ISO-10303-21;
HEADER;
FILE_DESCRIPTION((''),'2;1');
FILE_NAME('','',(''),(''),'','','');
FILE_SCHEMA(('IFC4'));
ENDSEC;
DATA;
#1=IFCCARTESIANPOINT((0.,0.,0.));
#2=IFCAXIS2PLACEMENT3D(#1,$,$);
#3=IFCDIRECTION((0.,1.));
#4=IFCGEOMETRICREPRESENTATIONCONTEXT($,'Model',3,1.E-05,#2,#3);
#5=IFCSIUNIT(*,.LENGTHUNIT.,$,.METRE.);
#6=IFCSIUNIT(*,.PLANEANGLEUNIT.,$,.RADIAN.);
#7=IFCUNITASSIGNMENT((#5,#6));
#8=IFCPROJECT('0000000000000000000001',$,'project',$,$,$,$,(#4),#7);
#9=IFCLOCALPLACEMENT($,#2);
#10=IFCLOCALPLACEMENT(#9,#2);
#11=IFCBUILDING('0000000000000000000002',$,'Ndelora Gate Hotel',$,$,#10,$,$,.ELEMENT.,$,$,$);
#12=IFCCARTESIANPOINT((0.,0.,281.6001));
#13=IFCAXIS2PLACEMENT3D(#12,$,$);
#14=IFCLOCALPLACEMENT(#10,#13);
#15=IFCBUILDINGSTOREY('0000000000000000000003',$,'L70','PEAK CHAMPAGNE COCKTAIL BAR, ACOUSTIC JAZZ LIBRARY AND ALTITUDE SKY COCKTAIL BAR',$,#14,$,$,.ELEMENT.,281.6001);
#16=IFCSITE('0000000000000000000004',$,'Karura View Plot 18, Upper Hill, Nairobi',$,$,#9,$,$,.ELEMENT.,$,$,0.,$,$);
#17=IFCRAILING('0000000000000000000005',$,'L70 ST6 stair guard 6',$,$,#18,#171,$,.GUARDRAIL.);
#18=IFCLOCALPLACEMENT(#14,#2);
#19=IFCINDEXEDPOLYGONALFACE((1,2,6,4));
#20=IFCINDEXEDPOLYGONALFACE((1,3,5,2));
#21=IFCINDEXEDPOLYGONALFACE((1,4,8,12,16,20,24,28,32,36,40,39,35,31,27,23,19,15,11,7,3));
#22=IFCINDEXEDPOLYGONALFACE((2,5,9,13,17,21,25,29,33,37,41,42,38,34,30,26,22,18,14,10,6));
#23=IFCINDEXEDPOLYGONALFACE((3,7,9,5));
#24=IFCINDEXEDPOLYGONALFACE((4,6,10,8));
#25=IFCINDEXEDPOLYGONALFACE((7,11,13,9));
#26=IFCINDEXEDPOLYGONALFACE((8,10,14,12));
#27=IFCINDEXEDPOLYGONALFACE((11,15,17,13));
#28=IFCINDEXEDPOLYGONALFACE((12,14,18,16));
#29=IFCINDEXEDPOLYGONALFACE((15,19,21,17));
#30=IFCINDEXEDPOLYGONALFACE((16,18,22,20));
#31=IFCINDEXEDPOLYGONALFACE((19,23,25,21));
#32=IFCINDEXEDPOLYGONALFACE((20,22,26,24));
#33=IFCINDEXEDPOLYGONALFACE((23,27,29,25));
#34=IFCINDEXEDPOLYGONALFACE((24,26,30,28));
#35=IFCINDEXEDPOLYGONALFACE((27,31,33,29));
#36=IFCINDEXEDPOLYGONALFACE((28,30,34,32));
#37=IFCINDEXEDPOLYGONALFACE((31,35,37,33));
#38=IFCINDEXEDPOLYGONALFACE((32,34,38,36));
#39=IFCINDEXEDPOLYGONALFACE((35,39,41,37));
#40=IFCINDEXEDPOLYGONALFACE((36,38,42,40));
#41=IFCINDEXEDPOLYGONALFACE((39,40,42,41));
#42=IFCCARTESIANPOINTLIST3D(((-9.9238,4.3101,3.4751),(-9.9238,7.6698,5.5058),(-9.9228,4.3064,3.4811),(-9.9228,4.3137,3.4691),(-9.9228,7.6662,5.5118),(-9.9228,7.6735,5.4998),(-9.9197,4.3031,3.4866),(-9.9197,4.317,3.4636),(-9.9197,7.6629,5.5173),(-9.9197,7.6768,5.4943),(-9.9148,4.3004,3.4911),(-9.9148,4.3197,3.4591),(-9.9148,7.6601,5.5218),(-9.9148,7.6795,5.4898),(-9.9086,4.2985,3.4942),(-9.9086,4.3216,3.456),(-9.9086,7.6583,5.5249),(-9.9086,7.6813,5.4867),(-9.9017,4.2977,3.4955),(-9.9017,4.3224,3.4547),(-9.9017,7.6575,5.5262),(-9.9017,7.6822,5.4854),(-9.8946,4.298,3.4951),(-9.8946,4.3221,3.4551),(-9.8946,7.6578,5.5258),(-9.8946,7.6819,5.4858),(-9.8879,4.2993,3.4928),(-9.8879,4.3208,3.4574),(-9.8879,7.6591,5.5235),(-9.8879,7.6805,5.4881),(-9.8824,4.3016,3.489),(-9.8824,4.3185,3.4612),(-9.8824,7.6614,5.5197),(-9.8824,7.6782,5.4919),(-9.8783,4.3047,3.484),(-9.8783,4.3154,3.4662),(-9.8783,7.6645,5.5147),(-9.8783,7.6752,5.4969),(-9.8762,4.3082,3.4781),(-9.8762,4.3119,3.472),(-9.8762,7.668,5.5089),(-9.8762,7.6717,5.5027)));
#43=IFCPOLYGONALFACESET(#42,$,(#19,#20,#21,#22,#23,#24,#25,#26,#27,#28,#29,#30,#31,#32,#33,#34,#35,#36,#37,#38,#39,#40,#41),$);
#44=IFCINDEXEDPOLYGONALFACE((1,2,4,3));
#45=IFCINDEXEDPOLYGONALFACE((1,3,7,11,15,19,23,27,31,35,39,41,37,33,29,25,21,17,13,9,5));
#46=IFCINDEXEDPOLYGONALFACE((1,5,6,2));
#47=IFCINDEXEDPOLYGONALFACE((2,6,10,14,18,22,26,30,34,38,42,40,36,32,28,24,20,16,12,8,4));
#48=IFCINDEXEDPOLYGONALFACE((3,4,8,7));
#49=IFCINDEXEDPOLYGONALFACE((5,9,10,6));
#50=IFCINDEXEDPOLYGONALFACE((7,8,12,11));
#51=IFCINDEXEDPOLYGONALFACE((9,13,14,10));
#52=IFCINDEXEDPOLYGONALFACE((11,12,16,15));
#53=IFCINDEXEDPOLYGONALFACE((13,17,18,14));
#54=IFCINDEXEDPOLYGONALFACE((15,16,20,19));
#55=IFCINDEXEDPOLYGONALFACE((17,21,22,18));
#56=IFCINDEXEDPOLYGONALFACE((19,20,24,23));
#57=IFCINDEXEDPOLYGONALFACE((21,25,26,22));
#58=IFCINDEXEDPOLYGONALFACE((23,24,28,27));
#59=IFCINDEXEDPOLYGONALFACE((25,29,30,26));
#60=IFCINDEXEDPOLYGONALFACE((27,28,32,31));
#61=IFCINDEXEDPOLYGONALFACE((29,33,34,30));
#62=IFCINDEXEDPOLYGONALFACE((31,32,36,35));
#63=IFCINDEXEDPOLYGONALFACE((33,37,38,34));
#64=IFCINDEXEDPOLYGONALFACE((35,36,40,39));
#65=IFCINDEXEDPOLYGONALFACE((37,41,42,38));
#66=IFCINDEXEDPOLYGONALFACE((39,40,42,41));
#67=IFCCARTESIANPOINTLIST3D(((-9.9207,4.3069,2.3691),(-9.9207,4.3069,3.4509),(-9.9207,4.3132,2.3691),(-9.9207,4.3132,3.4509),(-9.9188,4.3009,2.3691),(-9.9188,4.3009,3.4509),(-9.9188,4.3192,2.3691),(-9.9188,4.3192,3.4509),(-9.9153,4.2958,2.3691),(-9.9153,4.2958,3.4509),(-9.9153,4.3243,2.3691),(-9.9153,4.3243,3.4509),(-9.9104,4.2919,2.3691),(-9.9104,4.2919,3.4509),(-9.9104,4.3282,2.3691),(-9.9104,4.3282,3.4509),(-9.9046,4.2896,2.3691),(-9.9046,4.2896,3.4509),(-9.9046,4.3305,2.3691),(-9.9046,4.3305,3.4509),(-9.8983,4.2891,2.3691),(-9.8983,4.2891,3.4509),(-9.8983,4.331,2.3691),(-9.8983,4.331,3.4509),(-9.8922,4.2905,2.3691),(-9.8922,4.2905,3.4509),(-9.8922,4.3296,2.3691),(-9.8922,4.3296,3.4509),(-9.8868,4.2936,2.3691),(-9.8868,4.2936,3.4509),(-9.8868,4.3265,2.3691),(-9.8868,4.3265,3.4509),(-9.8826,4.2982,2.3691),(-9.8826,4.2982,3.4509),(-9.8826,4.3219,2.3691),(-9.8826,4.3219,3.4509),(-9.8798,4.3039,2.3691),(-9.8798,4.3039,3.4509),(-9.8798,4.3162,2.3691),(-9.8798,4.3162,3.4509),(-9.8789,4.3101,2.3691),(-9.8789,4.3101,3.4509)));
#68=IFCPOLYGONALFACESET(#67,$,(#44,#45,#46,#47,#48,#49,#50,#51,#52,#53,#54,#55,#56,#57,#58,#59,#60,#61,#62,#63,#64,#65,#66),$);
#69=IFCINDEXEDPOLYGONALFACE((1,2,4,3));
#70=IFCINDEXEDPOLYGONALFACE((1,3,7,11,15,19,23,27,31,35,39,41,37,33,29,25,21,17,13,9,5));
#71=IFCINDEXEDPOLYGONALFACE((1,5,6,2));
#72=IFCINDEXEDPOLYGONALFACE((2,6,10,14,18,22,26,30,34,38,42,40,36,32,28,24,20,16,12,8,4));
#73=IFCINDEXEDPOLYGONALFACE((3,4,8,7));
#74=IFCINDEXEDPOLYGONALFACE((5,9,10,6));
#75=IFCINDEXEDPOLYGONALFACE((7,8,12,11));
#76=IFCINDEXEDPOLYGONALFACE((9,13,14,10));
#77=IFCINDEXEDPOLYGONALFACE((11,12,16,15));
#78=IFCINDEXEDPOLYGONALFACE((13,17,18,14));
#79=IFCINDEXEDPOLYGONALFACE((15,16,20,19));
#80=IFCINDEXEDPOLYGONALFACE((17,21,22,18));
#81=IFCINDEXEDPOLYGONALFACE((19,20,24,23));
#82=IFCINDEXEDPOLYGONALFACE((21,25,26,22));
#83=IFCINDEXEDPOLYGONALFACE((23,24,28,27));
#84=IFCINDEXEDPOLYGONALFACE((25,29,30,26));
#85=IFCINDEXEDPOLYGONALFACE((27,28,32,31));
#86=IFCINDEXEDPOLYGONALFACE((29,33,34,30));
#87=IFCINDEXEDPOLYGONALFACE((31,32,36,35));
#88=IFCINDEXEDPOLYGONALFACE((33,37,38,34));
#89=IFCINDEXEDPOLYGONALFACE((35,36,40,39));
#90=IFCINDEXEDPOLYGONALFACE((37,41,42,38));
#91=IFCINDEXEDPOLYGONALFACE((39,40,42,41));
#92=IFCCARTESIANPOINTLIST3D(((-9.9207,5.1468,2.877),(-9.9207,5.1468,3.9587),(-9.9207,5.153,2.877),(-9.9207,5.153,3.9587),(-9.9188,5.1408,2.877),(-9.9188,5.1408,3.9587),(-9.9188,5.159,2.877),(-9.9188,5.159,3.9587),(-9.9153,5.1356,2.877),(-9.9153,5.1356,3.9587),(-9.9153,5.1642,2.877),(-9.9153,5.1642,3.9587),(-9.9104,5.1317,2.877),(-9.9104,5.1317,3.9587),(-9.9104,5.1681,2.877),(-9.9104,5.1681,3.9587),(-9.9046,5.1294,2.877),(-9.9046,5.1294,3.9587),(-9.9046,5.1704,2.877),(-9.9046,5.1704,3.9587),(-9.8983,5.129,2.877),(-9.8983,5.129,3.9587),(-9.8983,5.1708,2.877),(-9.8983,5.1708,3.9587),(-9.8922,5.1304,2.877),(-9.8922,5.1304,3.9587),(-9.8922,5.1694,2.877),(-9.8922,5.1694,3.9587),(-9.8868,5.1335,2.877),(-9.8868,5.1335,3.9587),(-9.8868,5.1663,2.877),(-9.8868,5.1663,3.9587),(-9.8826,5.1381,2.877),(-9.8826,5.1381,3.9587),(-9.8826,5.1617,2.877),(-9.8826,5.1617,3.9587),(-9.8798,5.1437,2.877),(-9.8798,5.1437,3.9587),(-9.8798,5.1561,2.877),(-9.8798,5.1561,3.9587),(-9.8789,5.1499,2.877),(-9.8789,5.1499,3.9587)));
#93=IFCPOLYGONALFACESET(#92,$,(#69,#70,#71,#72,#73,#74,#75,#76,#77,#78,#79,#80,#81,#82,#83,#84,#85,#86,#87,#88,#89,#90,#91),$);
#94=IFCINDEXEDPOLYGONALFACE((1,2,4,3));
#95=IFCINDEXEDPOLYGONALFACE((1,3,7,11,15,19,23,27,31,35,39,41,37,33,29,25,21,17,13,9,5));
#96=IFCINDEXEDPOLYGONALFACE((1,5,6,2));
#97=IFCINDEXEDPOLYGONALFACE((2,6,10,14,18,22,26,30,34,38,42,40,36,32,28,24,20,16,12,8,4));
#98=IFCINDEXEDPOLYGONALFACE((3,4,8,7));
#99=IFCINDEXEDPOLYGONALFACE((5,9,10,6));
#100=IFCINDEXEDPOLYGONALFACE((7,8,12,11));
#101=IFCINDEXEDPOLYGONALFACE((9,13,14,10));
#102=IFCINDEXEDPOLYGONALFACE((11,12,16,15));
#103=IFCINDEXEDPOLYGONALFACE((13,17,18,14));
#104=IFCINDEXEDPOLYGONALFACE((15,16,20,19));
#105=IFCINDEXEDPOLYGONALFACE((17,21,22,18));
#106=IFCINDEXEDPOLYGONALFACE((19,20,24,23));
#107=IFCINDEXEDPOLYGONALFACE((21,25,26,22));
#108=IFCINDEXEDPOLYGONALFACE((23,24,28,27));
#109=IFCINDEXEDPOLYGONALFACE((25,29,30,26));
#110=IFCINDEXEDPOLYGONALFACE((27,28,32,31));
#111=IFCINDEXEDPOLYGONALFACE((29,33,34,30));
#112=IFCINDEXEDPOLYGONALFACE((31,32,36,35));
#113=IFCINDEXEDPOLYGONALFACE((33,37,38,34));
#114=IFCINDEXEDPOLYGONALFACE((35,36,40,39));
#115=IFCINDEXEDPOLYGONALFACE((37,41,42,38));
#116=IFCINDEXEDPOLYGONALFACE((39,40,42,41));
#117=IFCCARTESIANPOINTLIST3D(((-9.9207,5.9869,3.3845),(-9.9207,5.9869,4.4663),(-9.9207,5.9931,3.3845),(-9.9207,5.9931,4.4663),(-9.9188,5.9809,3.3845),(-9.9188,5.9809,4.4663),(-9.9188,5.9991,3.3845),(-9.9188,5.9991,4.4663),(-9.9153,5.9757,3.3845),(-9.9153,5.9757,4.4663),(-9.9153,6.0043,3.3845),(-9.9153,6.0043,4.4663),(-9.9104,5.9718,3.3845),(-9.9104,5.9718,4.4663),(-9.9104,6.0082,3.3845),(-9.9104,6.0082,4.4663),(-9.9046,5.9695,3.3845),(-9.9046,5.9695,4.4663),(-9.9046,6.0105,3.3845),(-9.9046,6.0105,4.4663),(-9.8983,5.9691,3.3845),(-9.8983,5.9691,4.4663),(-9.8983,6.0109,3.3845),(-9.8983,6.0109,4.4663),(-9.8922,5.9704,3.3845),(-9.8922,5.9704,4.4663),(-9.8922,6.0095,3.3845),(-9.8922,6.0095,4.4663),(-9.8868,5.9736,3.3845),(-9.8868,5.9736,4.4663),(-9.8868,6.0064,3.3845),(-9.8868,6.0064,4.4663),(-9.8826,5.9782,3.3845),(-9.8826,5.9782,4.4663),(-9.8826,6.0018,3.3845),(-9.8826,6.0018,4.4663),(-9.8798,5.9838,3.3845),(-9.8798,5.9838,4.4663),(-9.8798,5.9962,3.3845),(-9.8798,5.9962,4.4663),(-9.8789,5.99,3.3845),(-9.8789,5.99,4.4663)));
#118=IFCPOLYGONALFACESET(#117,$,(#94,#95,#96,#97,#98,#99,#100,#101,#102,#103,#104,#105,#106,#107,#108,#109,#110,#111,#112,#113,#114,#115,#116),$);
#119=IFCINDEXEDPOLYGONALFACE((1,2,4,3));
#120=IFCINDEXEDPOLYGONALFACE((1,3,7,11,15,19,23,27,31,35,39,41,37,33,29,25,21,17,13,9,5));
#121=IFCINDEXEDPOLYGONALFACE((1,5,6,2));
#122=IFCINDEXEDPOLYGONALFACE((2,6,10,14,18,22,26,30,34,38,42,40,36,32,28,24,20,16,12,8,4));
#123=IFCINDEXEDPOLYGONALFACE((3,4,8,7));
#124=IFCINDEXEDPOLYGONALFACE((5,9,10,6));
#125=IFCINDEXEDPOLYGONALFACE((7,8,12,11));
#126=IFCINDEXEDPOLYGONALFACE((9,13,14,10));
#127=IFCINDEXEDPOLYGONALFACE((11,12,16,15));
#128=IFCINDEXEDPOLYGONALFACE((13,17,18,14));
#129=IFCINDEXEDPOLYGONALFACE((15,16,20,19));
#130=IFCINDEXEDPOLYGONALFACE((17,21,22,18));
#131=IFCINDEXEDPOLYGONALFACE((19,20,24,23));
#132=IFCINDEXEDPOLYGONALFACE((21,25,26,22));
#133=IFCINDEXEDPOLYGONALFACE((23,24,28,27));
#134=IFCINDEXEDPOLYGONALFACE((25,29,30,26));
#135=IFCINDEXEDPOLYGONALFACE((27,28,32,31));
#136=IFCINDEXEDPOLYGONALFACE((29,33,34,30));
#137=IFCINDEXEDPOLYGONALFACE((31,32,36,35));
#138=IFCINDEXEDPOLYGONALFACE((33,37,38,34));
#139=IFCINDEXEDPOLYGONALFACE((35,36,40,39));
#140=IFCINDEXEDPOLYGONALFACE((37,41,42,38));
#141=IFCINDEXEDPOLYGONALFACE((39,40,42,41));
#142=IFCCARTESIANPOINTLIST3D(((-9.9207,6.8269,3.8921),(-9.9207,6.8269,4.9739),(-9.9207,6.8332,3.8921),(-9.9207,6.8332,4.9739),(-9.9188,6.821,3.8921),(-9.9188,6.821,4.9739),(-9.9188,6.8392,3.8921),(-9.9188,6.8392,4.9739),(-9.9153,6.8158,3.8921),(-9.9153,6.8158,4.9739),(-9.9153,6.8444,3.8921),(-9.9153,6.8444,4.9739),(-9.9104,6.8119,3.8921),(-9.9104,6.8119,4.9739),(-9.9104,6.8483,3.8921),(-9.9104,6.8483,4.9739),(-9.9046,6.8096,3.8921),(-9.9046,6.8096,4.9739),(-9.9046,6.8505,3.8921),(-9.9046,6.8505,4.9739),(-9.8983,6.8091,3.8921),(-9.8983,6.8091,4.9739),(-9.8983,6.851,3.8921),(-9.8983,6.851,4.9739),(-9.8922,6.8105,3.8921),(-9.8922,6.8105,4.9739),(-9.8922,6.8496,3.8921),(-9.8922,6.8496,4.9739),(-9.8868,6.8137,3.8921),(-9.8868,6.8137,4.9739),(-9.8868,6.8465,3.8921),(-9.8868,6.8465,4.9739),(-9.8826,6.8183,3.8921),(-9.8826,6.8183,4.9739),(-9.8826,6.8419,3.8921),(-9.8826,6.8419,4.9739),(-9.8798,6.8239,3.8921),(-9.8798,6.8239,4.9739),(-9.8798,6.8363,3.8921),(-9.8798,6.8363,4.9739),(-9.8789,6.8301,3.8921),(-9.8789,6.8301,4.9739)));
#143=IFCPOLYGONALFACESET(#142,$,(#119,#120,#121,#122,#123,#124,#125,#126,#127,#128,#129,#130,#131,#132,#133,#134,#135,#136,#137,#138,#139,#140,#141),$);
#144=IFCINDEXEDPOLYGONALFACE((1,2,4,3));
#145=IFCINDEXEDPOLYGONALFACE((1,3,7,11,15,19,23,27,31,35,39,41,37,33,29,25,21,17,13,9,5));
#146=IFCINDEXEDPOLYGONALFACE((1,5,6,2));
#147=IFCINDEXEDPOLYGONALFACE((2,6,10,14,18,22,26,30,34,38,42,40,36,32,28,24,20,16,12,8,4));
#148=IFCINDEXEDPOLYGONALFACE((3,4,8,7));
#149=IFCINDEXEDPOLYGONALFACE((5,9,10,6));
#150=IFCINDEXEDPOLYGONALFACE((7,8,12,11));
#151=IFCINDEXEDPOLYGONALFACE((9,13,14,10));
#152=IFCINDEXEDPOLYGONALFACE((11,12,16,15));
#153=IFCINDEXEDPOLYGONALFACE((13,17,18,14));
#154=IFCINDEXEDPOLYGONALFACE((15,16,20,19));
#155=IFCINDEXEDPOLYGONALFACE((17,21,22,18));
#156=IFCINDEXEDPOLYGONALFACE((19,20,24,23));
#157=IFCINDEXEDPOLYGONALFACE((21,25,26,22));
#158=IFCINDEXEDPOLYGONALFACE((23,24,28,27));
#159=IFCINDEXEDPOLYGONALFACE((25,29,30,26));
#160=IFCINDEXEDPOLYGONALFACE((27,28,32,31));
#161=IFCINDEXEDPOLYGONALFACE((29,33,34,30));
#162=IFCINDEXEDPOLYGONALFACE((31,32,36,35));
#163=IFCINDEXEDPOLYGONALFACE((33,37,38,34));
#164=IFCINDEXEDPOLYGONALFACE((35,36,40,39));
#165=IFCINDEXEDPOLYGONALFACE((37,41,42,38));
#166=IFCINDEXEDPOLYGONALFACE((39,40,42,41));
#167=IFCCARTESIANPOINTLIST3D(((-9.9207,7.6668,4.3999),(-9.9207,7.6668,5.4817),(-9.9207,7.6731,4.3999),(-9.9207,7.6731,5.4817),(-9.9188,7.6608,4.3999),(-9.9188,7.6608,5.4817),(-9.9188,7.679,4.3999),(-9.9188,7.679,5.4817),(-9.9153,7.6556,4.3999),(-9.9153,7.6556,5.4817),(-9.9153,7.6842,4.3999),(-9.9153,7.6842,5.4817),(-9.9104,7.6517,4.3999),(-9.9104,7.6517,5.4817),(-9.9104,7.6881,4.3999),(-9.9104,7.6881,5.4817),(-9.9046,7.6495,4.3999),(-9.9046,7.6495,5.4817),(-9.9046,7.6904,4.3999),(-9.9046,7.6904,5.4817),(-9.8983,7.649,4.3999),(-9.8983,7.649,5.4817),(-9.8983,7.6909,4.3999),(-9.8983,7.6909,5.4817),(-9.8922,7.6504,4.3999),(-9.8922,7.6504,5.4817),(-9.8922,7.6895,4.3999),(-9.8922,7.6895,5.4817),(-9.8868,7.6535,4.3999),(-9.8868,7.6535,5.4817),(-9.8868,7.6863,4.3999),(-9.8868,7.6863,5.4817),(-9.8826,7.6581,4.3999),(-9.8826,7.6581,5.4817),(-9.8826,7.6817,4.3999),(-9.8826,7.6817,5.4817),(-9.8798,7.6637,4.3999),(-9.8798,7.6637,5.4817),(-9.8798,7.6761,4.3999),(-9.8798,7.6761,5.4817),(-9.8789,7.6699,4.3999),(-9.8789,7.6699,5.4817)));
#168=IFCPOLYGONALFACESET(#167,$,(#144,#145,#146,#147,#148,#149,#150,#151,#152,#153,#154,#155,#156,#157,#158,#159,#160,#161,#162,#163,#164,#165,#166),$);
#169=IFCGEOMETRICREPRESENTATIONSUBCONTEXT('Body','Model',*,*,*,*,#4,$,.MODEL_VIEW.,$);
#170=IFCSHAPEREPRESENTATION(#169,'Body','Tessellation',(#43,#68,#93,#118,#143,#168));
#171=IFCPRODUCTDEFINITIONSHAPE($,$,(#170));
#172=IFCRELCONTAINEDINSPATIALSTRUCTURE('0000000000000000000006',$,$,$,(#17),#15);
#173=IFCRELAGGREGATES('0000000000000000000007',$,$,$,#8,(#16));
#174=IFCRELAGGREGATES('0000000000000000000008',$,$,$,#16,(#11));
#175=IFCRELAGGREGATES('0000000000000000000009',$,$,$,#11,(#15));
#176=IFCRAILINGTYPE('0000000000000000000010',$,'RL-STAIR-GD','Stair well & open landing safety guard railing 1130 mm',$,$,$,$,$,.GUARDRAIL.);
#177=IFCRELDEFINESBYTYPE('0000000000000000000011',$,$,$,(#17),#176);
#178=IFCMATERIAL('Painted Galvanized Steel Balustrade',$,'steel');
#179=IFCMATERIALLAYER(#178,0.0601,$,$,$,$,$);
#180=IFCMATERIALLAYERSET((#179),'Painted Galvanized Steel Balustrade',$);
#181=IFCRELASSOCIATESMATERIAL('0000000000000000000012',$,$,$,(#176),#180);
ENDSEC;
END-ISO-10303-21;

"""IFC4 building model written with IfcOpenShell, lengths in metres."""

from ifc_helpers import new_model, si_unit, direction, frame, origin, origin_2d, place, context, subcontext, project, spatial, circle, extrude, material, layer, layer_set, type_object, element, save


model = new_model("IFC4")

# Units and contexts
model_context = context("Model", 3, precision=1e-05, world=origin(), true_north=direction((0.0, 1.0)))
body_context = subcontext(model_context, "Body", "Model", "MODEL_VIEW")
ifc_project = project(units=[si_unit("LENGTHUNIT", "METRE"), si_unit("PLANEANGLEUNIT", "RADIAN")], contexts=[model_context])

# Site, building, storey
site_placement = place(None, origin())
site = spatial("IfcSite", under=ifc_project, at=site_placement, Name="Karura View Plot 18, Upper Hill, Nairobi", CompositionType="ELEMENT", RefElevation=0.0)
building_placement = place(site_placement, origin())
building = spatial("IfcBuilding", under=site, at=building_placement, Name="Ndelora Gate Hotel", CompositionType="ELEMENT")
storey_placement = place(building_placement, frame((0.0, 0.0, 281.6001)))
storey = spatial("IfcBuildingStorey", under=building, at=storey_placement, Name="L70", Description="PEAK CHAMPAGNE COCKTAIL BAR, ACOUSTIC JAZZ LIBRARY AND ALTITUDE SKY COCKTAIL BAR", CompositionType="ELEMENT", Elevation=281.6001)

# Railing
ifc_material_1 = material(Name="Painted Galvanized Steel Balustrade", Category="steel")
ifc_layer_1 = layer(ifc_material_1, 0.0601)
ifc_layer_set_1 = layer_set([ifc_layer_1], Name="Painted Galvanized Steel Balustrade")
railing_type = type_object("IfcRailingType", Name="RL-STAIR-GD", Description="Stair well & open landing safety guard railing 1130 mm", PredefinedType="GUARDRAIL", material=ifc_layer_set_1)
railing_1_placement = place(storey_placement, frame((-9.8999, 4.3101, 2.3691)))
element("IfcRailing", 1, at=railing_1_placement, inside=storey, type_object=railing_type, Name="L70 ST6 stair guard 6", PredefinedType="GUARDRAIL", context=body_context, shape_type="SweptSolid", body=[
    extrude(circle(Radius=0.0239, at=origin_2d()), frame((0.0, 0.0, 1.106), z_axis=(0.0, 0.85582, 0.517273), x_axis=(-1.0, 0.0, 0.0)), (0.0, 0.0, 1.0), 3.9258),
    extrude(circle(Radius=0.021, at=origin_2d()), origin(), (0.0, 0.0, 1.0), 1.0818),
    extrude(circle(Radius=0.021, at=origin_2d()), frame((0.0, 0.8398, 0.5078)), (0.0, 0.0, 1.0), 1.0818),
    extrude(circle(Radius=0.021, at=origin_2d()), frame((0.0, 1.6799, 1.0154)), (0.0, 0.0, 1.0), 1.0818),
    extrude(circle(Radius=0.021, at=origin_2d()), frame((0.0, 2.52, 1.5229)), (0.0, 0.0, 1.0), 1.0818),
    extrude(circle(Radius=0.021, at=origin_2d()), frame((0.0, 3.3599, 2.0308)), (0.0, 0.0, 1.0), 1.0818),
])

save(model, "model.ifc")
